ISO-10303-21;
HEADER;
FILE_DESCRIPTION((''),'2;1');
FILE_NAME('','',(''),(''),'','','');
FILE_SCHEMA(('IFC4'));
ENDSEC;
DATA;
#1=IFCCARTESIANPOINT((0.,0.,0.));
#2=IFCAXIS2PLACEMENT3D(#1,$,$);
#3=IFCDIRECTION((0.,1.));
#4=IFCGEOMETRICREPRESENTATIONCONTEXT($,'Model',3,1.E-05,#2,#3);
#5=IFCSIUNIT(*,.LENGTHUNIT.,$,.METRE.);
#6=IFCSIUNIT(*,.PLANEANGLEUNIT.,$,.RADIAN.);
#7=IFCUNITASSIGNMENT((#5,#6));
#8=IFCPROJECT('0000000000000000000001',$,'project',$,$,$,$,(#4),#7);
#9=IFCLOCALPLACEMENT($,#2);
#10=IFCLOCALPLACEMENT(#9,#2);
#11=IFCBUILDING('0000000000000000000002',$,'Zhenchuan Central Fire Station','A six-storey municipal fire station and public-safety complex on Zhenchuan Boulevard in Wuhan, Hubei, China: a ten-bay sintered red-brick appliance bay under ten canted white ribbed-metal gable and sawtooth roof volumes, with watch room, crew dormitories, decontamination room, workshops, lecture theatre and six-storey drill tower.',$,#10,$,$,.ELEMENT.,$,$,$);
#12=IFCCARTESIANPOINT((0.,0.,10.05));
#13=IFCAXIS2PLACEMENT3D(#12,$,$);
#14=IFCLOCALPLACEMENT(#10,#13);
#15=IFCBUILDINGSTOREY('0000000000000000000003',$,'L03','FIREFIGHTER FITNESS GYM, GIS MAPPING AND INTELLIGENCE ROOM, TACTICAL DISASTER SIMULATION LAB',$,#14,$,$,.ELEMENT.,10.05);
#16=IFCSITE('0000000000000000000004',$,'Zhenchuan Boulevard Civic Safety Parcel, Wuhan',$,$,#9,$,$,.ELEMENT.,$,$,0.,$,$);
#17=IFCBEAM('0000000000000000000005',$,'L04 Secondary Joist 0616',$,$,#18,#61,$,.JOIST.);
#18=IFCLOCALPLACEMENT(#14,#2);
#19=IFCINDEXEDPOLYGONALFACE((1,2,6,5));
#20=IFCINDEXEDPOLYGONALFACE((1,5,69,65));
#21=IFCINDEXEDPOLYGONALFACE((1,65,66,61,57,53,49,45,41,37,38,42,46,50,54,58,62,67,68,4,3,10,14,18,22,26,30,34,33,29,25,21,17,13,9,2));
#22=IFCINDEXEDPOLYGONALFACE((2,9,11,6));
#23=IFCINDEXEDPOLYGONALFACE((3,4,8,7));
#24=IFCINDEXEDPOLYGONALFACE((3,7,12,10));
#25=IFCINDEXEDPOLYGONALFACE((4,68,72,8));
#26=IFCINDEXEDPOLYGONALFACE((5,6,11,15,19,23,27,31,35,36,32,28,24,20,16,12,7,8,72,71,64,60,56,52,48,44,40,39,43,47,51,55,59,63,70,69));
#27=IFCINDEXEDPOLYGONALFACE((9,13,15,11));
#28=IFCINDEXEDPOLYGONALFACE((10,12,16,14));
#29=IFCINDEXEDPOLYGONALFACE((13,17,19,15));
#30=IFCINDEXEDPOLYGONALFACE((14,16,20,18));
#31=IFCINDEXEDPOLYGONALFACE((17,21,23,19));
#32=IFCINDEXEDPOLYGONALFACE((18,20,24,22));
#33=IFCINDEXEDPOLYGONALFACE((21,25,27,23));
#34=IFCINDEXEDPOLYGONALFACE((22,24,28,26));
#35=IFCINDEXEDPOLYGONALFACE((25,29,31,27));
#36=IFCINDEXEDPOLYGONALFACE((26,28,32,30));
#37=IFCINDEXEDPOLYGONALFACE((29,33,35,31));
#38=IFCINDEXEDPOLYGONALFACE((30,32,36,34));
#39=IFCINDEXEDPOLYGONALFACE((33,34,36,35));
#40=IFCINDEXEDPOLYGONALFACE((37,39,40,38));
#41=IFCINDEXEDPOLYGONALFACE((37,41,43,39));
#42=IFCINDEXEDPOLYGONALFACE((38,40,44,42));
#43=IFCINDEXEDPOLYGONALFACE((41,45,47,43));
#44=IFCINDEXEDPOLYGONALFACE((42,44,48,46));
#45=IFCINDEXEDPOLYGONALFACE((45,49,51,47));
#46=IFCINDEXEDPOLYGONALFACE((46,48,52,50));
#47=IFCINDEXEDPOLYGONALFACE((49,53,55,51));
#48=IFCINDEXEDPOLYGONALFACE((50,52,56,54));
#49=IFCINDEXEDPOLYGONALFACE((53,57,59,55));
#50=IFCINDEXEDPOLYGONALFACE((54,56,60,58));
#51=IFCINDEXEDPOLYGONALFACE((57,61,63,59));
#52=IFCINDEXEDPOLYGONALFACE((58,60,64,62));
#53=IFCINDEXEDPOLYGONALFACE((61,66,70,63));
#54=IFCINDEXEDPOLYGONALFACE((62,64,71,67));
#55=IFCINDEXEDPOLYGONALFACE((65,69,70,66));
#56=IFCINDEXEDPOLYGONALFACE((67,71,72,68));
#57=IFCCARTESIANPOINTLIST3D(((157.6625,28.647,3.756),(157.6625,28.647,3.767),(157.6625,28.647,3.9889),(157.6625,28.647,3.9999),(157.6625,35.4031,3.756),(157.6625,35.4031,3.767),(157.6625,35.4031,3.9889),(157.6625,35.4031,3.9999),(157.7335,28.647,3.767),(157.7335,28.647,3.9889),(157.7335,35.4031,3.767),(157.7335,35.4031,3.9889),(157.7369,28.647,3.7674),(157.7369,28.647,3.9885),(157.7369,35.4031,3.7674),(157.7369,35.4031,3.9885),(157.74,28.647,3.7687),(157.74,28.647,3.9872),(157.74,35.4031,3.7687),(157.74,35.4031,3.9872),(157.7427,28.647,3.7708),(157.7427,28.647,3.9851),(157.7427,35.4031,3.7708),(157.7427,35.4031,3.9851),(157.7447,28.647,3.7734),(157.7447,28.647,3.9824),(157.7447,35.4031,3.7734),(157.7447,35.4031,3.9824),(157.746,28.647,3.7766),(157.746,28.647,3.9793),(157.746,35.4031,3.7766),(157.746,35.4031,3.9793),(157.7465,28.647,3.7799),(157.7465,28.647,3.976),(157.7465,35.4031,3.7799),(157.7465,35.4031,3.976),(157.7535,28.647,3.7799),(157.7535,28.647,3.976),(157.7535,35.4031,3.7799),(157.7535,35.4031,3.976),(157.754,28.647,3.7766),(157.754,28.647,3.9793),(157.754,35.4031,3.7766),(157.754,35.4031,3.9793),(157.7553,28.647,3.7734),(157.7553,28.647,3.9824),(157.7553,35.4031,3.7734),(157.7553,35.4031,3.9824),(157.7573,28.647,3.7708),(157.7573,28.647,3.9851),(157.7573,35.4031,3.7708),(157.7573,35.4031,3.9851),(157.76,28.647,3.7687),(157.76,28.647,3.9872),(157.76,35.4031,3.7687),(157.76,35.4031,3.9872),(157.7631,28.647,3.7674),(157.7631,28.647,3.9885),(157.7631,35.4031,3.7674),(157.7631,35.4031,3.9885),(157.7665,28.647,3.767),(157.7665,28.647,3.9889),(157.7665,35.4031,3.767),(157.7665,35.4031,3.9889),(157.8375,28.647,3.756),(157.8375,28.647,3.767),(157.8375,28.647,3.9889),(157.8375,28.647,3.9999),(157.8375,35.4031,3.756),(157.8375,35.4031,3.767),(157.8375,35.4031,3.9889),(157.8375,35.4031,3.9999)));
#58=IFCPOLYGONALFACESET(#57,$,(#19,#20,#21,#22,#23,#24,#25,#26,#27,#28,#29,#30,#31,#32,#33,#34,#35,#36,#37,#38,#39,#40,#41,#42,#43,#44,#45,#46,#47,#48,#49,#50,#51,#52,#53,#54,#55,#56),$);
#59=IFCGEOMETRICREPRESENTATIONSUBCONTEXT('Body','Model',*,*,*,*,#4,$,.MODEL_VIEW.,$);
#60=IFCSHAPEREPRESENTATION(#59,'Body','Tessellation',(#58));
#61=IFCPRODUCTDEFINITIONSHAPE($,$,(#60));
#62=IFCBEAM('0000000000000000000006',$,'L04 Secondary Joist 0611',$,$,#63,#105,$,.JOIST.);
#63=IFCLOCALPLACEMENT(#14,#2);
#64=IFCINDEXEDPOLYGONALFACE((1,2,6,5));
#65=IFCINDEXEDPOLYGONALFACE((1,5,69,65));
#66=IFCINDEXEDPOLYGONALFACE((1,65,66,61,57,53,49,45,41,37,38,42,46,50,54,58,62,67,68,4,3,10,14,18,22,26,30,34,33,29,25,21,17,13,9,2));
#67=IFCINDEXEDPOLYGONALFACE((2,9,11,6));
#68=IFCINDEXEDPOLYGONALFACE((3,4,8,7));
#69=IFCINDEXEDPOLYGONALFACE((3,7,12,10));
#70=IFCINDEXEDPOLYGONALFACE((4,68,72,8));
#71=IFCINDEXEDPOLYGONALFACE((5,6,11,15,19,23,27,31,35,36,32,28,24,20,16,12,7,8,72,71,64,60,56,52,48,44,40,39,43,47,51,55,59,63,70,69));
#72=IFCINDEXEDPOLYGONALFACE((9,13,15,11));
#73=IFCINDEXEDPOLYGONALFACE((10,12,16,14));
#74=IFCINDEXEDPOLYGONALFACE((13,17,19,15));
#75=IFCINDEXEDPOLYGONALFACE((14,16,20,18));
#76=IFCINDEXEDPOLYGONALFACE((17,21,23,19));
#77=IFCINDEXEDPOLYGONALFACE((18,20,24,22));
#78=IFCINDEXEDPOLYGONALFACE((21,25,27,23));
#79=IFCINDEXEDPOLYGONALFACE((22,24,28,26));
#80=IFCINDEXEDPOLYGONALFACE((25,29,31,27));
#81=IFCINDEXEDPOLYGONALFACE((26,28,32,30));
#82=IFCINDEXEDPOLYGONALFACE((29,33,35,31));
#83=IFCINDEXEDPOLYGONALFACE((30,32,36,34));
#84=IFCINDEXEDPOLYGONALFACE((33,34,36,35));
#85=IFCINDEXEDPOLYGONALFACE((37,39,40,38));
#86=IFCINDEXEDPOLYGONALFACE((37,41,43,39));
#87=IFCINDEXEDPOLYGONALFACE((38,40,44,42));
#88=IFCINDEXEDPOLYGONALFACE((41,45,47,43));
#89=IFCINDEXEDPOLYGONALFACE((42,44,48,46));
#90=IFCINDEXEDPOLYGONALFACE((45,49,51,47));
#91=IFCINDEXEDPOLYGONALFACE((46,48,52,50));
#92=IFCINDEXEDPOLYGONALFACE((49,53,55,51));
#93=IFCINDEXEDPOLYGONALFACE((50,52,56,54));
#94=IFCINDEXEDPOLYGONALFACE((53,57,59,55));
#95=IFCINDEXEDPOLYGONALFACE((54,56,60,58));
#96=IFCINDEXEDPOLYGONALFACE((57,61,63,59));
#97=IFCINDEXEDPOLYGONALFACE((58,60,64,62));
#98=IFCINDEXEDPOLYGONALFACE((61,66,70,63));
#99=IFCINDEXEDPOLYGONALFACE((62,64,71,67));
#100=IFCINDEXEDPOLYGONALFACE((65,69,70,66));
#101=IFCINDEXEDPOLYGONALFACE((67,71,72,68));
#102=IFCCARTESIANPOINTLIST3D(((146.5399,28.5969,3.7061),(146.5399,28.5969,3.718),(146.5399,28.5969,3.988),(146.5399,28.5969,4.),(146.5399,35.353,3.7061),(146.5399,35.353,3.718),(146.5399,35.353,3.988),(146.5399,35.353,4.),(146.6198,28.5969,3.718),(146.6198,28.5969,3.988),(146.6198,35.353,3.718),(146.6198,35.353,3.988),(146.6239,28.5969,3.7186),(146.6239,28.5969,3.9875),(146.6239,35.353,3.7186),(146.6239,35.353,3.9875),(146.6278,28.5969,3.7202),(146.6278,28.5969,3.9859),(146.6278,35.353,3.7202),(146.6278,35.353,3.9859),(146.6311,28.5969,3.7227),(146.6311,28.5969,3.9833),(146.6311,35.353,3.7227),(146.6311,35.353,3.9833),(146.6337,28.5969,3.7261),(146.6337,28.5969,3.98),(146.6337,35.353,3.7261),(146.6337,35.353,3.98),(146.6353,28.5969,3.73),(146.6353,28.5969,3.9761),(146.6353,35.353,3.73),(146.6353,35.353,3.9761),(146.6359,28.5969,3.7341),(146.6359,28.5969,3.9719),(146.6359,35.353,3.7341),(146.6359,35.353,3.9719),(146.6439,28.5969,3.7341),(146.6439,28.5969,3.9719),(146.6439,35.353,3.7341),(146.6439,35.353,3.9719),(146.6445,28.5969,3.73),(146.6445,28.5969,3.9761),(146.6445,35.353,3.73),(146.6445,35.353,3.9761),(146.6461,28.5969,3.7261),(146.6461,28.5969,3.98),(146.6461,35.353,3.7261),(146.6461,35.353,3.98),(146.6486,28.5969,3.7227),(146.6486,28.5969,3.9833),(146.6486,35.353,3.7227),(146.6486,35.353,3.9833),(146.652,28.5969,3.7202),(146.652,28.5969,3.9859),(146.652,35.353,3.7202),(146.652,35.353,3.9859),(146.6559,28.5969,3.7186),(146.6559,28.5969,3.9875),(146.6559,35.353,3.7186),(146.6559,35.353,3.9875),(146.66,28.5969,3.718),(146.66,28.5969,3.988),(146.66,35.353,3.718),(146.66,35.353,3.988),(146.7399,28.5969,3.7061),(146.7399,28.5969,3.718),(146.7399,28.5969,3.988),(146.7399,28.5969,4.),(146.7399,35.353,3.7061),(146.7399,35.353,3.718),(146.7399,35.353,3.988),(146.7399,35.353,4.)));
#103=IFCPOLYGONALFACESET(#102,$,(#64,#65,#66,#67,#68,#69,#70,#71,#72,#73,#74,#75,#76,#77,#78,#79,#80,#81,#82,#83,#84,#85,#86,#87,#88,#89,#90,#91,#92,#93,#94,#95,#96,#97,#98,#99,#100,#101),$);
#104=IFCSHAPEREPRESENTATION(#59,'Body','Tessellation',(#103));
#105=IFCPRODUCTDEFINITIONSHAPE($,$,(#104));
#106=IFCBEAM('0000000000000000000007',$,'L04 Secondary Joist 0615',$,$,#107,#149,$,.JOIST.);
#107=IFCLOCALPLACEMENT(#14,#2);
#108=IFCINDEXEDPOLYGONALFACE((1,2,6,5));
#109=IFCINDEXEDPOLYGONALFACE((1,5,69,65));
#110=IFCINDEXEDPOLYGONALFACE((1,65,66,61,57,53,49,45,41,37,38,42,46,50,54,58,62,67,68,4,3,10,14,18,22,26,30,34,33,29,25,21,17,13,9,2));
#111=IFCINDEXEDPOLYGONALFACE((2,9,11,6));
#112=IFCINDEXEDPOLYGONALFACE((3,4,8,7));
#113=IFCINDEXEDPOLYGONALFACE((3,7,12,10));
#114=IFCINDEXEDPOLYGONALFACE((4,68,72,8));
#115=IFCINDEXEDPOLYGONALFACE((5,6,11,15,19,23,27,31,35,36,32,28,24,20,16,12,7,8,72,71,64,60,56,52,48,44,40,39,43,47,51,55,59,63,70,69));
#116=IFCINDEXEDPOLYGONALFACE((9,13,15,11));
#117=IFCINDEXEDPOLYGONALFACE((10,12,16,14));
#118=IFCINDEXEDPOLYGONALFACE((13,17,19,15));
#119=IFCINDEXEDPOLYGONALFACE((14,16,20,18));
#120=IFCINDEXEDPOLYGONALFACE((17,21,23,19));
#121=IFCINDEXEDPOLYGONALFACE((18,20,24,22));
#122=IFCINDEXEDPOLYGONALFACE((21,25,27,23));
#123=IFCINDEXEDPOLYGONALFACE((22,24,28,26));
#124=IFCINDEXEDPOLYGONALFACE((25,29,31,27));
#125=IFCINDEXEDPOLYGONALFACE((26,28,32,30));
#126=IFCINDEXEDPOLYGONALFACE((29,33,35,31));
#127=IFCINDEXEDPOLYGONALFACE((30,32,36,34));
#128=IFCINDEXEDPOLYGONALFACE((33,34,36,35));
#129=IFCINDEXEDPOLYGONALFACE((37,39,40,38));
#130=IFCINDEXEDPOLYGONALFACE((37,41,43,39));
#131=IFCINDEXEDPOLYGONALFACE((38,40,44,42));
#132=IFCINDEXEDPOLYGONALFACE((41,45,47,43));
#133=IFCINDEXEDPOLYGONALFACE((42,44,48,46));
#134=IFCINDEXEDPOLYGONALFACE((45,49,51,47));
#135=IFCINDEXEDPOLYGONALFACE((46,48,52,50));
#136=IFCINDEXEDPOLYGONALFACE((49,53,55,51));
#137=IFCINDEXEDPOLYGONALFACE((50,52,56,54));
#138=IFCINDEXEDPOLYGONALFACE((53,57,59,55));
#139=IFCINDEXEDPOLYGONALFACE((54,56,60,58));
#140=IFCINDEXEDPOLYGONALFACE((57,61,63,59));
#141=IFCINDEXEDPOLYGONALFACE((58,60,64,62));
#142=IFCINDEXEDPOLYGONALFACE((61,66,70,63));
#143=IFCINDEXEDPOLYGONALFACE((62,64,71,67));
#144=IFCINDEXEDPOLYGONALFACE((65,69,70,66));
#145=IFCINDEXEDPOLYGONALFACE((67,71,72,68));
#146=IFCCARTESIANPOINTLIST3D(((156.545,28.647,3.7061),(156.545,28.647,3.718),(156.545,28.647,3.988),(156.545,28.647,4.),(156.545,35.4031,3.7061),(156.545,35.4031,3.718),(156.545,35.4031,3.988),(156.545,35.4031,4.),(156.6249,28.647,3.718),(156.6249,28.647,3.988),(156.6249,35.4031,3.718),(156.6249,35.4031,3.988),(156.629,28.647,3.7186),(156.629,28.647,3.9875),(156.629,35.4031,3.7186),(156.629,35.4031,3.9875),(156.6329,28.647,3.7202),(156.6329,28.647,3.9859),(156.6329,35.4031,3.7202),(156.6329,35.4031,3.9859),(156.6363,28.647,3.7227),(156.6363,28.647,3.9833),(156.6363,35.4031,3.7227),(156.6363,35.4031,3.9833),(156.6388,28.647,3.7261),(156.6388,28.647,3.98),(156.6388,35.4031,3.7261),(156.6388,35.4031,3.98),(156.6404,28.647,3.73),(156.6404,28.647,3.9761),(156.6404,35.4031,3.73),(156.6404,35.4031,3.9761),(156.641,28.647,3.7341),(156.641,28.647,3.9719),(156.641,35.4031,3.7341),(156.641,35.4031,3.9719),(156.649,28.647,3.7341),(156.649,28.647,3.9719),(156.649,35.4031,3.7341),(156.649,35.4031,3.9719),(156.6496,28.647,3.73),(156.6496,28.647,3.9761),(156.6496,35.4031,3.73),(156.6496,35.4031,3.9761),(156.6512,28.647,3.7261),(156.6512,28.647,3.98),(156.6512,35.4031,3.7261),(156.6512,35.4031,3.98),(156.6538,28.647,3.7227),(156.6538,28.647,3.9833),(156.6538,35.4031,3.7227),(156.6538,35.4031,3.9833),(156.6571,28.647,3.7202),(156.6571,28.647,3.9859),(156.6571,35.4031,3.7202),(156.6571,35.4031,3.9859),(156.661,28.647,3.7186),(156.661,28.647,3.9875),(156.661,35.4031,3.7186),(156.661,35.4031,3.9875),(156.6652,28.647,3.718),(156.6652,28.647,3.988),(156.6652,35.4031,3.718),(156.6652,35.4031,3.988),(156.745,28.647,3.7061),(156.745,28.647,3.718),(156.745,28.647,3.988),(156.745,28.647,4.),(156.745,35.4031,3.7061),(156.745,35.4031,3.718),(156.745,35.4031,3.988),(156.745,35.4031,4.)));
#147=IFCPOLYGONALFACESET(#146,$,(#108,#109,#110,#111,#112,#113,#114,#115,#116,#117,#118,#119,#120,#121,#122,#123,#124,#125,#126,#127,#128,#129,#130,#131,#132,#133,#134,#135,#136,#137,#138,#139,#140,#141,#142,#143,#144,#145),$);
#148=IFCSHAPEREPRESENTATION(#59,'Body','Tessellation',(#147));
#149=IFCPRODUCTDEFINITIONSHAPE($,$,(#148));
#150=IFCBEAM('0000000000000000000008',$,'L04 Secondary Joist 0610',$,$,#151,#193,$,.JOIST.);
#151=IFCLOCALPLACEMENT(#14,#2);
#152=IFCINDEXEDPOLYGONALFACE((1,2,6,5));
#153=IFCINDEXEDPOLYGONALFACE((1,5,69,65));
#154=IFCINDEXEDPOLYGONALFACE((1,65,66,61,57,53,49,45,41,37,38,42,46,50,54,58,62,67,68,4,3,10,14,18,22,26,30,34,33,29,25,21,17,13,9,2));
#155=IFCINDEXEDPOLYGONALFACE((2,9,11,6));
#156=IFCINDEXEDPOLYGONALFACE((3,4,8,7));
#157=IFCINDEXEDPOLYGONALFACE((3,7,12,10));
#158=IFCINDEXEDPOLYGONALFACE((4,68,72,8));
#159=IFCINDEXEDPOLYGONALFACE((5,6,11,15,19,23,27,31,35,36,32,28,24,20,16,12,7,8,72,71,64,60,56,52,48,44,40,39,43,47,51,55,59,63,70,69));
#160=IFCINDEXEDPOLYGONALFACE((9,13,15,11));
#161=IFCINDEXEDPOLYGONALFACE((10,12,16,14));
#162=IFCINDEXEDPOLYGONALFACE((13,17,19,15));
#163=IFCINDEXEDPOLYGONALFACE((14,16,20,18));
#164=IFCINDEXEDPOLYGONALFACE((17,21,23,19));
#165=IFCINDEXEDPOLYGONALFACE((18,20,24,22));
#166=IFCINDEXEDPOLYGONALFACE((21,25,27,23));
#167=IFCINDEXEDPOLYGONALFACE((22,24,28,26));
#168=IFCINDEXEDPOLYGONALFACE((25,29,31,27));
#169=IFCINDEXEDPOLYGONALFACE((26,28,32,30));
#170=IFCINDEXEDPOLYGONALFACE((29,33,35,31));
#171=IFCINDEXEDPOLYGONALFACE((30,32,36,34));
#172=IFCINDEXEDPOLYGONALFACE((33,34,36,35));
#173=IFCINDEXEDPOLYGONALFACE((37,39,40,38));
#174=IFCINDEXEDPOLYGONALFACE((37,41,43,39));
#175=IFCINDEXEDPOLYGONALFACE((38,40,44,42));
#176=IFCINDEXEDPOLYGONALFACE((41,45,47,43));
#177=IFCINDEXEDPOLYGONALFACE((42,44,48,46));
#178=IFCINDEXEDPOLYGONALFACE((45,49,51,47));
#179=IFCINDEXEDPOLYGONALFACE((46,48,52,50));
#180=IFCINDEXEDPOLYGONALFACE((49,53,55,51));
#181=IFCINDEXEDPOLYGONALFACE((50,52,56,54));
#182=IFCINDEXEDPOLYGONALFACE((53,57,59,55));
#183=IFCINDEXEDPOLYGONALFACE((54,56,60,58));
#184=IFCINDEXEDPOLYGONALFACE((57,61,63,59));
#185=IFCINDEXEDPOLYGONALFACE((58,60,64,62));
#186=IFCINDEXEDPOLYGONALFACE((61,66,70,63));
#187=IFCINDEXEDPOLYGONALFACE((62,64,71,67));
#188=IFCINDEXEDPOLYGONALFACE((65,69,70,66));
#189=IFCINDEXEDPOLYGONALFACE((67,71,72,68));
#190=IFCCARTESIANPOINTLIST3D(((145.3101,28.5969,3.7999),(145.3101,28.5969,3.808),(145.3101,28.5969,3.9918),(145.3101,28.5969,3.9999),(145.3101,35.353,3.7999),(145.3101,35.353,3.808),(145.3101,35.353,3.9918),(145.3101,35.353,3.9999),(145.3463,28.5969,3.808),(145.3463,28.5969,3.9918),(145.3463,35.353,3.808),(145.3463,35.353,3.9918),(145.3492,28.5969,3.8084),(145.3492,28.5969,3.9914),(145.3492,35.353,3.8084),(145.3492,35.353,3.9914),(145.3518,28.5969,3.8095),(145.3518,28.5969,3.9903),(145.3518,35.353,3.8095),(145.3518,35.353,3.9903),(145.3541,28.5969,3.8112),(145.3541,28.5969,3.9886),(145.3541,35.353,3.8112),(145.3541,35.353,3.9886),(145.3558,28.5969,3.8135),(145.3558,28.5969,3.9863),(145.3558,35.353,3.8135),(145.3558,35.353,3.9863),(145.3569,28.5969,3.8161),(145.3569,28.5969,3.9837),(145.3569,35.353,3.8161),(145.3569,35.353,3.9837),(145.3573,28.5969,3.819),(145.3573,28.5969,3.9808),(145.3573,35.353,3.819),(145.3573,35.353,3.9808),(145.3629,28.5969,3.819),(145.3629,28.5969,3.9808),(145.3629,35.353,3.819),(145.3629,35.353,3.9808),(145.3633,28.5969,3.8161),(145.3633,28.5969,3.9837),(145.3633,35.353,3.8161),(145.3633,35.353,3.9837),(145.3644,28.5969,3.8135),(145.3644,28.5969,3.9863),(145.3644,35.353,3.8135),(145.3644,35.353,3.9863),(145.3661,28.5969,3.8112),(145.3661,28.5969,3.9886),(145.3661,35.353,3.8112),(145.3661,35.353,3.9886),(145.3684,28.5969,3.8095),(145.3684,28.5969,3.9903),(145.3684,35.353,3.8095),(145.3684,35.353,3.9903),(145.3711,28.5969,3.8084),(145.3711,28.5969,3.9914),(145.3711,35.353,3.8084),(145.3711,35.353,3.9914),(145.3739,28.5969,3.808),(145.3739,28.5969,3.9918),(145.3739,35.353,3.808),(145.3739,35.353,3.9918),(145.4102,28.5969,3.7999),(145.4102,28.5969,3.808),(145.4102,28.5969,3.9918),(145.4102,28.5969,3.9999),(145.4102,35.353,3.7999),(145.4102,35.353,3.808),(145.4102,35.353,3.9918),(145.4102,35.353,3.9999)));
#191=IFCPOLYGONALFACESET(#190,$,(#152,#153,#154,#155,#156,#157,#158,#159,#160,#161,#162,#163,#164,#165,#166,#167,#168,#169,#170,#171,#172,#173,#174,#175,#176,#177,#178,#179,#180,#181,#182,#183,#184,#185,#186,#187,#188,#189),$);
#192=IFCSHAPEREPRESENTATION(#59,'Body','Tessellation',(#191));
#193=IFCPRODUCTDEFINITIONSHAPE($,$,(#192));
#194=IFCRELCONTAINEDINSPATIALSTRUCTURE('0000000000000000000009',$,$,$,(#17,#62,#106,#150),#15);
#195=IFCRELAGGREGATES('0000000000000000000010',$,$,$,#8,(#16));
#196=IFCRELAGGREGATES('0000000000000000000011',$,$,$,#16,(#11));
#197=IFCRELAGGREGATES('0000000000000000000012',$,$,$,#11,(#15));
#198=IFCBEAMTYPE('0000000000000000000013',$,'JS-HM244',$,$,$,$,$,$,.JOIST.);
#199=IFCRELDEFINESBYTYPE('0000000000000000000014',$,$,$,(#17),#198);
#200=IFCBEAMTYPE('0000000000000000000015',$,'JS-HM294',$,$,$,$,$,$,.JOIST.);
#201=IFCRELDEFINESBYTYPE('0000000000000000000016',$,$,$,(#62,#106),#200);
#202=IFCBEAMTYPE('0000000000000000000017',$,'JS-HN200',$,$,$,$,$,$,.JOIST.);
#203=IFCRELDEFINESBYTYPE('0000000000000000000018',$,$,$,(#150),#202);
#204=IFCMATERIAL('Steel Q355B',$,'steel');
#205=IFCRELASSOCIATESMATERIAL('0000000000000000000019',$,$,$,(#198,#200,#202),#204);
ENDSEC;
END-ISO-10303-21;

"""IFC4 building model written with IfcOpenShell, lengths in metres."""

from ifc_helpers import new_model, si_unit, direction, frame, origin, origin_2d, place, context, subcontext, project, spatial, i_section, extrude, material, material_profile, profile_set, type_object, element, save


model = new_model("IFC4")

# Units and contexts
model_context = context("Model", 3, precision=1e-05, world=origin(), true_north=direction((0.0, 1.0)))
body_context = subcontext(model_context, "Body", "Model", "MODEL_VIEW")
ifc_project = project(units=[si_unit("LENGTHUNIT", "METRE"), si_unit("PLANEANGLEUNIT", "RADIAN")], contexts=[model_context])

# Site, building, storey
site_placement = place(None, origin())
site = spatial("IfcSite", under=ifc_project, at=site_placement, Name="Zhenchuan Boulevard Civic Safety Parcel, Wuhan", CompositionType="ELEMENT", RefElevation=0.0)
building_placement = place(site_placement, origin())
building = spatial("IfcBuilding", under=site, at=building_placement, Name="Zhenchuan Central Fire Station", Description="A six-storey municipal fire station and public-safety complex on Zhenchuan Boulevard in Wuhan, Hubei, China: a ten-bay sintered red-brick appliance bay under ten canted white ribbed-metal gable and sawtooth roof volumes, with watch room, crew dormitories, decontamination room, workshops, lecture theatre and six-storey drill tower.", CompositionType="ELEMENT")
storey_placement = place(building_placement, frame((0.0, 0.0, 10.05)))
storey = spatial("IfcBuildingStorey", under=building, at=storey_placement, Name="L03", Description="FIREFIGHTER FITNESS GYM, GIS MAPPING AND INTELLIGENCE ROOM, TACTICAL DISASTER SIMULATION LAB", CompositionType="ELEMENT", Elevation=10.05)

# Shared definitions
ifc_material_1 = material(Name="Steel Q355B", Category="steel")

# Beams
ifc_material_profile_1 = material_profile(ifc_material_1, i_section(OverallWidth=0.175, OverallDepth=0.2439, WebThickness=0.0071, FlangeThickness=0.011, FilletRadius=0.0129, at=origin_2d()), Name="HM 244x175")
ifc_profile_set_1 = profile_set([ifc_material_profile_1], Name="Steel Q355B")
beam_type_1 = type_object("IfcBeamType", Name="JS-HM244", PredefinedType="JOIST", material=ifc_profile_set_1)
beam_1_placement = place(storey_placement, frame((157.75, 28.647, 3.8779), z_axis=(0.0, 1.0, 0.0), x_axis=(-1.0, 0.0, 0.0)))
element("IfcBeam", 1, at=beam_1_placement, inside=storey, type_object=beam_type_1, Name="L04 Secondary Joist 0616", PredefinedType="JOIST", context=body_context, shape_type="SweptSolid", body=[
    extrude(i_section(OverallWidth=0.175, OverallDepth=0.2439, WebThickness=0.0071, FlangeThickness=0.011, FilletRadius=0.0129, at=origin_2d()), origin(), (0.0, 0.0, 1.0), 6.7561),
])
ifc_material_profile_2 = material_profile(ifc_material_1, i_section(OverallWidth=0.2, OverallDepth=0.2939, WebThickness=0.0081, FlangeThickness=0.012, FilletRadius=0.0161, at=origin_2d()), Name="HM 294x200")
ifc_profile_set_2 = profile_set([ifc_material_profile_2], Name="Steel Q355B")
beam_type_2 = type_object("IfcBeamType", Name="JS-HM294", PredefinedType="JOIST", material=ifc_profile_set_2)
for number, where, z_axis, x_axis, name in (
    (2, (146.6399, 28.5969, 3.853), (0.0, 1.0, 0.0), (-1.0, 0.0, 0.0), "L04 Secondary Joist 0611"),
    (3, (156.645, 28.647, 3.853), (0.0, 1.0, 0.0), (-1.0, 0.0, 0.0), "L04 Secondary Joist 0615"),
):
    element("IfcBeam", number, at=place(storey_placement, frame(where, z_axis=z_axis, x_axis=x_axis)), inside=storey, type_object=beam_type_2, Name=name, PredefinedType="JOIST", context=body_context, shape_type="SweptSolid", body=[
        extrude(i_section(OverallWidth=0.2, OverallDepth=0.2939, WebThickness=0.0081, FlangeThickness=0.012, FilletRadius=0.0161, at=origin_2d()), origin(), (0.0, 0.0, 1.0), 6.7561),
    ])
ifc_material_profile_3 = material_profile(ifc_material_1, i_section(OverallWidth=0.1001, OverallDepth=0.2, WebThickness=0.0056, FlangeThickness=0.0081, FilletRadius=0.011, at=origin_2d()), Name="HN 200x100")
ifc_profile_set_3 = profile_set([ifc_material_profile_3], Name="Steel Q355B")
beam_type_3 = type_object("IfcBeamType", Name="JS-HN200", PredefinedType="JOIST", material=ifc_profile_set_3)
for number, where, z_axis, x_axis, name in (
    (4, (145.3601, 28.5969, 3.8999), (0.0, 1.0, 0.0), (-1.0, 0.0, 0.0), "L04 Secondary Joist 0610"),
):
    element("IfcBeam", number, at=place(storey_placement, frame(where, z_axis=z_axis, x_axis=x_axis)), inside=storey, type_object=beam_type_3, Name=name, PredefinedType="JOIST", context=body_context, shape_type="SweptSolid", body=[
        extrude(i_section(OverallWidth=0.1001, OverallDepth=0.2, WebThickness=0.0056, FlangeThickness=0.0081, FilletRadius=0.011, at=origin_2d()), origin(), (0.0, 0.0, 1.0), 6.7561),
    ])

save(model, "model.ifc")
